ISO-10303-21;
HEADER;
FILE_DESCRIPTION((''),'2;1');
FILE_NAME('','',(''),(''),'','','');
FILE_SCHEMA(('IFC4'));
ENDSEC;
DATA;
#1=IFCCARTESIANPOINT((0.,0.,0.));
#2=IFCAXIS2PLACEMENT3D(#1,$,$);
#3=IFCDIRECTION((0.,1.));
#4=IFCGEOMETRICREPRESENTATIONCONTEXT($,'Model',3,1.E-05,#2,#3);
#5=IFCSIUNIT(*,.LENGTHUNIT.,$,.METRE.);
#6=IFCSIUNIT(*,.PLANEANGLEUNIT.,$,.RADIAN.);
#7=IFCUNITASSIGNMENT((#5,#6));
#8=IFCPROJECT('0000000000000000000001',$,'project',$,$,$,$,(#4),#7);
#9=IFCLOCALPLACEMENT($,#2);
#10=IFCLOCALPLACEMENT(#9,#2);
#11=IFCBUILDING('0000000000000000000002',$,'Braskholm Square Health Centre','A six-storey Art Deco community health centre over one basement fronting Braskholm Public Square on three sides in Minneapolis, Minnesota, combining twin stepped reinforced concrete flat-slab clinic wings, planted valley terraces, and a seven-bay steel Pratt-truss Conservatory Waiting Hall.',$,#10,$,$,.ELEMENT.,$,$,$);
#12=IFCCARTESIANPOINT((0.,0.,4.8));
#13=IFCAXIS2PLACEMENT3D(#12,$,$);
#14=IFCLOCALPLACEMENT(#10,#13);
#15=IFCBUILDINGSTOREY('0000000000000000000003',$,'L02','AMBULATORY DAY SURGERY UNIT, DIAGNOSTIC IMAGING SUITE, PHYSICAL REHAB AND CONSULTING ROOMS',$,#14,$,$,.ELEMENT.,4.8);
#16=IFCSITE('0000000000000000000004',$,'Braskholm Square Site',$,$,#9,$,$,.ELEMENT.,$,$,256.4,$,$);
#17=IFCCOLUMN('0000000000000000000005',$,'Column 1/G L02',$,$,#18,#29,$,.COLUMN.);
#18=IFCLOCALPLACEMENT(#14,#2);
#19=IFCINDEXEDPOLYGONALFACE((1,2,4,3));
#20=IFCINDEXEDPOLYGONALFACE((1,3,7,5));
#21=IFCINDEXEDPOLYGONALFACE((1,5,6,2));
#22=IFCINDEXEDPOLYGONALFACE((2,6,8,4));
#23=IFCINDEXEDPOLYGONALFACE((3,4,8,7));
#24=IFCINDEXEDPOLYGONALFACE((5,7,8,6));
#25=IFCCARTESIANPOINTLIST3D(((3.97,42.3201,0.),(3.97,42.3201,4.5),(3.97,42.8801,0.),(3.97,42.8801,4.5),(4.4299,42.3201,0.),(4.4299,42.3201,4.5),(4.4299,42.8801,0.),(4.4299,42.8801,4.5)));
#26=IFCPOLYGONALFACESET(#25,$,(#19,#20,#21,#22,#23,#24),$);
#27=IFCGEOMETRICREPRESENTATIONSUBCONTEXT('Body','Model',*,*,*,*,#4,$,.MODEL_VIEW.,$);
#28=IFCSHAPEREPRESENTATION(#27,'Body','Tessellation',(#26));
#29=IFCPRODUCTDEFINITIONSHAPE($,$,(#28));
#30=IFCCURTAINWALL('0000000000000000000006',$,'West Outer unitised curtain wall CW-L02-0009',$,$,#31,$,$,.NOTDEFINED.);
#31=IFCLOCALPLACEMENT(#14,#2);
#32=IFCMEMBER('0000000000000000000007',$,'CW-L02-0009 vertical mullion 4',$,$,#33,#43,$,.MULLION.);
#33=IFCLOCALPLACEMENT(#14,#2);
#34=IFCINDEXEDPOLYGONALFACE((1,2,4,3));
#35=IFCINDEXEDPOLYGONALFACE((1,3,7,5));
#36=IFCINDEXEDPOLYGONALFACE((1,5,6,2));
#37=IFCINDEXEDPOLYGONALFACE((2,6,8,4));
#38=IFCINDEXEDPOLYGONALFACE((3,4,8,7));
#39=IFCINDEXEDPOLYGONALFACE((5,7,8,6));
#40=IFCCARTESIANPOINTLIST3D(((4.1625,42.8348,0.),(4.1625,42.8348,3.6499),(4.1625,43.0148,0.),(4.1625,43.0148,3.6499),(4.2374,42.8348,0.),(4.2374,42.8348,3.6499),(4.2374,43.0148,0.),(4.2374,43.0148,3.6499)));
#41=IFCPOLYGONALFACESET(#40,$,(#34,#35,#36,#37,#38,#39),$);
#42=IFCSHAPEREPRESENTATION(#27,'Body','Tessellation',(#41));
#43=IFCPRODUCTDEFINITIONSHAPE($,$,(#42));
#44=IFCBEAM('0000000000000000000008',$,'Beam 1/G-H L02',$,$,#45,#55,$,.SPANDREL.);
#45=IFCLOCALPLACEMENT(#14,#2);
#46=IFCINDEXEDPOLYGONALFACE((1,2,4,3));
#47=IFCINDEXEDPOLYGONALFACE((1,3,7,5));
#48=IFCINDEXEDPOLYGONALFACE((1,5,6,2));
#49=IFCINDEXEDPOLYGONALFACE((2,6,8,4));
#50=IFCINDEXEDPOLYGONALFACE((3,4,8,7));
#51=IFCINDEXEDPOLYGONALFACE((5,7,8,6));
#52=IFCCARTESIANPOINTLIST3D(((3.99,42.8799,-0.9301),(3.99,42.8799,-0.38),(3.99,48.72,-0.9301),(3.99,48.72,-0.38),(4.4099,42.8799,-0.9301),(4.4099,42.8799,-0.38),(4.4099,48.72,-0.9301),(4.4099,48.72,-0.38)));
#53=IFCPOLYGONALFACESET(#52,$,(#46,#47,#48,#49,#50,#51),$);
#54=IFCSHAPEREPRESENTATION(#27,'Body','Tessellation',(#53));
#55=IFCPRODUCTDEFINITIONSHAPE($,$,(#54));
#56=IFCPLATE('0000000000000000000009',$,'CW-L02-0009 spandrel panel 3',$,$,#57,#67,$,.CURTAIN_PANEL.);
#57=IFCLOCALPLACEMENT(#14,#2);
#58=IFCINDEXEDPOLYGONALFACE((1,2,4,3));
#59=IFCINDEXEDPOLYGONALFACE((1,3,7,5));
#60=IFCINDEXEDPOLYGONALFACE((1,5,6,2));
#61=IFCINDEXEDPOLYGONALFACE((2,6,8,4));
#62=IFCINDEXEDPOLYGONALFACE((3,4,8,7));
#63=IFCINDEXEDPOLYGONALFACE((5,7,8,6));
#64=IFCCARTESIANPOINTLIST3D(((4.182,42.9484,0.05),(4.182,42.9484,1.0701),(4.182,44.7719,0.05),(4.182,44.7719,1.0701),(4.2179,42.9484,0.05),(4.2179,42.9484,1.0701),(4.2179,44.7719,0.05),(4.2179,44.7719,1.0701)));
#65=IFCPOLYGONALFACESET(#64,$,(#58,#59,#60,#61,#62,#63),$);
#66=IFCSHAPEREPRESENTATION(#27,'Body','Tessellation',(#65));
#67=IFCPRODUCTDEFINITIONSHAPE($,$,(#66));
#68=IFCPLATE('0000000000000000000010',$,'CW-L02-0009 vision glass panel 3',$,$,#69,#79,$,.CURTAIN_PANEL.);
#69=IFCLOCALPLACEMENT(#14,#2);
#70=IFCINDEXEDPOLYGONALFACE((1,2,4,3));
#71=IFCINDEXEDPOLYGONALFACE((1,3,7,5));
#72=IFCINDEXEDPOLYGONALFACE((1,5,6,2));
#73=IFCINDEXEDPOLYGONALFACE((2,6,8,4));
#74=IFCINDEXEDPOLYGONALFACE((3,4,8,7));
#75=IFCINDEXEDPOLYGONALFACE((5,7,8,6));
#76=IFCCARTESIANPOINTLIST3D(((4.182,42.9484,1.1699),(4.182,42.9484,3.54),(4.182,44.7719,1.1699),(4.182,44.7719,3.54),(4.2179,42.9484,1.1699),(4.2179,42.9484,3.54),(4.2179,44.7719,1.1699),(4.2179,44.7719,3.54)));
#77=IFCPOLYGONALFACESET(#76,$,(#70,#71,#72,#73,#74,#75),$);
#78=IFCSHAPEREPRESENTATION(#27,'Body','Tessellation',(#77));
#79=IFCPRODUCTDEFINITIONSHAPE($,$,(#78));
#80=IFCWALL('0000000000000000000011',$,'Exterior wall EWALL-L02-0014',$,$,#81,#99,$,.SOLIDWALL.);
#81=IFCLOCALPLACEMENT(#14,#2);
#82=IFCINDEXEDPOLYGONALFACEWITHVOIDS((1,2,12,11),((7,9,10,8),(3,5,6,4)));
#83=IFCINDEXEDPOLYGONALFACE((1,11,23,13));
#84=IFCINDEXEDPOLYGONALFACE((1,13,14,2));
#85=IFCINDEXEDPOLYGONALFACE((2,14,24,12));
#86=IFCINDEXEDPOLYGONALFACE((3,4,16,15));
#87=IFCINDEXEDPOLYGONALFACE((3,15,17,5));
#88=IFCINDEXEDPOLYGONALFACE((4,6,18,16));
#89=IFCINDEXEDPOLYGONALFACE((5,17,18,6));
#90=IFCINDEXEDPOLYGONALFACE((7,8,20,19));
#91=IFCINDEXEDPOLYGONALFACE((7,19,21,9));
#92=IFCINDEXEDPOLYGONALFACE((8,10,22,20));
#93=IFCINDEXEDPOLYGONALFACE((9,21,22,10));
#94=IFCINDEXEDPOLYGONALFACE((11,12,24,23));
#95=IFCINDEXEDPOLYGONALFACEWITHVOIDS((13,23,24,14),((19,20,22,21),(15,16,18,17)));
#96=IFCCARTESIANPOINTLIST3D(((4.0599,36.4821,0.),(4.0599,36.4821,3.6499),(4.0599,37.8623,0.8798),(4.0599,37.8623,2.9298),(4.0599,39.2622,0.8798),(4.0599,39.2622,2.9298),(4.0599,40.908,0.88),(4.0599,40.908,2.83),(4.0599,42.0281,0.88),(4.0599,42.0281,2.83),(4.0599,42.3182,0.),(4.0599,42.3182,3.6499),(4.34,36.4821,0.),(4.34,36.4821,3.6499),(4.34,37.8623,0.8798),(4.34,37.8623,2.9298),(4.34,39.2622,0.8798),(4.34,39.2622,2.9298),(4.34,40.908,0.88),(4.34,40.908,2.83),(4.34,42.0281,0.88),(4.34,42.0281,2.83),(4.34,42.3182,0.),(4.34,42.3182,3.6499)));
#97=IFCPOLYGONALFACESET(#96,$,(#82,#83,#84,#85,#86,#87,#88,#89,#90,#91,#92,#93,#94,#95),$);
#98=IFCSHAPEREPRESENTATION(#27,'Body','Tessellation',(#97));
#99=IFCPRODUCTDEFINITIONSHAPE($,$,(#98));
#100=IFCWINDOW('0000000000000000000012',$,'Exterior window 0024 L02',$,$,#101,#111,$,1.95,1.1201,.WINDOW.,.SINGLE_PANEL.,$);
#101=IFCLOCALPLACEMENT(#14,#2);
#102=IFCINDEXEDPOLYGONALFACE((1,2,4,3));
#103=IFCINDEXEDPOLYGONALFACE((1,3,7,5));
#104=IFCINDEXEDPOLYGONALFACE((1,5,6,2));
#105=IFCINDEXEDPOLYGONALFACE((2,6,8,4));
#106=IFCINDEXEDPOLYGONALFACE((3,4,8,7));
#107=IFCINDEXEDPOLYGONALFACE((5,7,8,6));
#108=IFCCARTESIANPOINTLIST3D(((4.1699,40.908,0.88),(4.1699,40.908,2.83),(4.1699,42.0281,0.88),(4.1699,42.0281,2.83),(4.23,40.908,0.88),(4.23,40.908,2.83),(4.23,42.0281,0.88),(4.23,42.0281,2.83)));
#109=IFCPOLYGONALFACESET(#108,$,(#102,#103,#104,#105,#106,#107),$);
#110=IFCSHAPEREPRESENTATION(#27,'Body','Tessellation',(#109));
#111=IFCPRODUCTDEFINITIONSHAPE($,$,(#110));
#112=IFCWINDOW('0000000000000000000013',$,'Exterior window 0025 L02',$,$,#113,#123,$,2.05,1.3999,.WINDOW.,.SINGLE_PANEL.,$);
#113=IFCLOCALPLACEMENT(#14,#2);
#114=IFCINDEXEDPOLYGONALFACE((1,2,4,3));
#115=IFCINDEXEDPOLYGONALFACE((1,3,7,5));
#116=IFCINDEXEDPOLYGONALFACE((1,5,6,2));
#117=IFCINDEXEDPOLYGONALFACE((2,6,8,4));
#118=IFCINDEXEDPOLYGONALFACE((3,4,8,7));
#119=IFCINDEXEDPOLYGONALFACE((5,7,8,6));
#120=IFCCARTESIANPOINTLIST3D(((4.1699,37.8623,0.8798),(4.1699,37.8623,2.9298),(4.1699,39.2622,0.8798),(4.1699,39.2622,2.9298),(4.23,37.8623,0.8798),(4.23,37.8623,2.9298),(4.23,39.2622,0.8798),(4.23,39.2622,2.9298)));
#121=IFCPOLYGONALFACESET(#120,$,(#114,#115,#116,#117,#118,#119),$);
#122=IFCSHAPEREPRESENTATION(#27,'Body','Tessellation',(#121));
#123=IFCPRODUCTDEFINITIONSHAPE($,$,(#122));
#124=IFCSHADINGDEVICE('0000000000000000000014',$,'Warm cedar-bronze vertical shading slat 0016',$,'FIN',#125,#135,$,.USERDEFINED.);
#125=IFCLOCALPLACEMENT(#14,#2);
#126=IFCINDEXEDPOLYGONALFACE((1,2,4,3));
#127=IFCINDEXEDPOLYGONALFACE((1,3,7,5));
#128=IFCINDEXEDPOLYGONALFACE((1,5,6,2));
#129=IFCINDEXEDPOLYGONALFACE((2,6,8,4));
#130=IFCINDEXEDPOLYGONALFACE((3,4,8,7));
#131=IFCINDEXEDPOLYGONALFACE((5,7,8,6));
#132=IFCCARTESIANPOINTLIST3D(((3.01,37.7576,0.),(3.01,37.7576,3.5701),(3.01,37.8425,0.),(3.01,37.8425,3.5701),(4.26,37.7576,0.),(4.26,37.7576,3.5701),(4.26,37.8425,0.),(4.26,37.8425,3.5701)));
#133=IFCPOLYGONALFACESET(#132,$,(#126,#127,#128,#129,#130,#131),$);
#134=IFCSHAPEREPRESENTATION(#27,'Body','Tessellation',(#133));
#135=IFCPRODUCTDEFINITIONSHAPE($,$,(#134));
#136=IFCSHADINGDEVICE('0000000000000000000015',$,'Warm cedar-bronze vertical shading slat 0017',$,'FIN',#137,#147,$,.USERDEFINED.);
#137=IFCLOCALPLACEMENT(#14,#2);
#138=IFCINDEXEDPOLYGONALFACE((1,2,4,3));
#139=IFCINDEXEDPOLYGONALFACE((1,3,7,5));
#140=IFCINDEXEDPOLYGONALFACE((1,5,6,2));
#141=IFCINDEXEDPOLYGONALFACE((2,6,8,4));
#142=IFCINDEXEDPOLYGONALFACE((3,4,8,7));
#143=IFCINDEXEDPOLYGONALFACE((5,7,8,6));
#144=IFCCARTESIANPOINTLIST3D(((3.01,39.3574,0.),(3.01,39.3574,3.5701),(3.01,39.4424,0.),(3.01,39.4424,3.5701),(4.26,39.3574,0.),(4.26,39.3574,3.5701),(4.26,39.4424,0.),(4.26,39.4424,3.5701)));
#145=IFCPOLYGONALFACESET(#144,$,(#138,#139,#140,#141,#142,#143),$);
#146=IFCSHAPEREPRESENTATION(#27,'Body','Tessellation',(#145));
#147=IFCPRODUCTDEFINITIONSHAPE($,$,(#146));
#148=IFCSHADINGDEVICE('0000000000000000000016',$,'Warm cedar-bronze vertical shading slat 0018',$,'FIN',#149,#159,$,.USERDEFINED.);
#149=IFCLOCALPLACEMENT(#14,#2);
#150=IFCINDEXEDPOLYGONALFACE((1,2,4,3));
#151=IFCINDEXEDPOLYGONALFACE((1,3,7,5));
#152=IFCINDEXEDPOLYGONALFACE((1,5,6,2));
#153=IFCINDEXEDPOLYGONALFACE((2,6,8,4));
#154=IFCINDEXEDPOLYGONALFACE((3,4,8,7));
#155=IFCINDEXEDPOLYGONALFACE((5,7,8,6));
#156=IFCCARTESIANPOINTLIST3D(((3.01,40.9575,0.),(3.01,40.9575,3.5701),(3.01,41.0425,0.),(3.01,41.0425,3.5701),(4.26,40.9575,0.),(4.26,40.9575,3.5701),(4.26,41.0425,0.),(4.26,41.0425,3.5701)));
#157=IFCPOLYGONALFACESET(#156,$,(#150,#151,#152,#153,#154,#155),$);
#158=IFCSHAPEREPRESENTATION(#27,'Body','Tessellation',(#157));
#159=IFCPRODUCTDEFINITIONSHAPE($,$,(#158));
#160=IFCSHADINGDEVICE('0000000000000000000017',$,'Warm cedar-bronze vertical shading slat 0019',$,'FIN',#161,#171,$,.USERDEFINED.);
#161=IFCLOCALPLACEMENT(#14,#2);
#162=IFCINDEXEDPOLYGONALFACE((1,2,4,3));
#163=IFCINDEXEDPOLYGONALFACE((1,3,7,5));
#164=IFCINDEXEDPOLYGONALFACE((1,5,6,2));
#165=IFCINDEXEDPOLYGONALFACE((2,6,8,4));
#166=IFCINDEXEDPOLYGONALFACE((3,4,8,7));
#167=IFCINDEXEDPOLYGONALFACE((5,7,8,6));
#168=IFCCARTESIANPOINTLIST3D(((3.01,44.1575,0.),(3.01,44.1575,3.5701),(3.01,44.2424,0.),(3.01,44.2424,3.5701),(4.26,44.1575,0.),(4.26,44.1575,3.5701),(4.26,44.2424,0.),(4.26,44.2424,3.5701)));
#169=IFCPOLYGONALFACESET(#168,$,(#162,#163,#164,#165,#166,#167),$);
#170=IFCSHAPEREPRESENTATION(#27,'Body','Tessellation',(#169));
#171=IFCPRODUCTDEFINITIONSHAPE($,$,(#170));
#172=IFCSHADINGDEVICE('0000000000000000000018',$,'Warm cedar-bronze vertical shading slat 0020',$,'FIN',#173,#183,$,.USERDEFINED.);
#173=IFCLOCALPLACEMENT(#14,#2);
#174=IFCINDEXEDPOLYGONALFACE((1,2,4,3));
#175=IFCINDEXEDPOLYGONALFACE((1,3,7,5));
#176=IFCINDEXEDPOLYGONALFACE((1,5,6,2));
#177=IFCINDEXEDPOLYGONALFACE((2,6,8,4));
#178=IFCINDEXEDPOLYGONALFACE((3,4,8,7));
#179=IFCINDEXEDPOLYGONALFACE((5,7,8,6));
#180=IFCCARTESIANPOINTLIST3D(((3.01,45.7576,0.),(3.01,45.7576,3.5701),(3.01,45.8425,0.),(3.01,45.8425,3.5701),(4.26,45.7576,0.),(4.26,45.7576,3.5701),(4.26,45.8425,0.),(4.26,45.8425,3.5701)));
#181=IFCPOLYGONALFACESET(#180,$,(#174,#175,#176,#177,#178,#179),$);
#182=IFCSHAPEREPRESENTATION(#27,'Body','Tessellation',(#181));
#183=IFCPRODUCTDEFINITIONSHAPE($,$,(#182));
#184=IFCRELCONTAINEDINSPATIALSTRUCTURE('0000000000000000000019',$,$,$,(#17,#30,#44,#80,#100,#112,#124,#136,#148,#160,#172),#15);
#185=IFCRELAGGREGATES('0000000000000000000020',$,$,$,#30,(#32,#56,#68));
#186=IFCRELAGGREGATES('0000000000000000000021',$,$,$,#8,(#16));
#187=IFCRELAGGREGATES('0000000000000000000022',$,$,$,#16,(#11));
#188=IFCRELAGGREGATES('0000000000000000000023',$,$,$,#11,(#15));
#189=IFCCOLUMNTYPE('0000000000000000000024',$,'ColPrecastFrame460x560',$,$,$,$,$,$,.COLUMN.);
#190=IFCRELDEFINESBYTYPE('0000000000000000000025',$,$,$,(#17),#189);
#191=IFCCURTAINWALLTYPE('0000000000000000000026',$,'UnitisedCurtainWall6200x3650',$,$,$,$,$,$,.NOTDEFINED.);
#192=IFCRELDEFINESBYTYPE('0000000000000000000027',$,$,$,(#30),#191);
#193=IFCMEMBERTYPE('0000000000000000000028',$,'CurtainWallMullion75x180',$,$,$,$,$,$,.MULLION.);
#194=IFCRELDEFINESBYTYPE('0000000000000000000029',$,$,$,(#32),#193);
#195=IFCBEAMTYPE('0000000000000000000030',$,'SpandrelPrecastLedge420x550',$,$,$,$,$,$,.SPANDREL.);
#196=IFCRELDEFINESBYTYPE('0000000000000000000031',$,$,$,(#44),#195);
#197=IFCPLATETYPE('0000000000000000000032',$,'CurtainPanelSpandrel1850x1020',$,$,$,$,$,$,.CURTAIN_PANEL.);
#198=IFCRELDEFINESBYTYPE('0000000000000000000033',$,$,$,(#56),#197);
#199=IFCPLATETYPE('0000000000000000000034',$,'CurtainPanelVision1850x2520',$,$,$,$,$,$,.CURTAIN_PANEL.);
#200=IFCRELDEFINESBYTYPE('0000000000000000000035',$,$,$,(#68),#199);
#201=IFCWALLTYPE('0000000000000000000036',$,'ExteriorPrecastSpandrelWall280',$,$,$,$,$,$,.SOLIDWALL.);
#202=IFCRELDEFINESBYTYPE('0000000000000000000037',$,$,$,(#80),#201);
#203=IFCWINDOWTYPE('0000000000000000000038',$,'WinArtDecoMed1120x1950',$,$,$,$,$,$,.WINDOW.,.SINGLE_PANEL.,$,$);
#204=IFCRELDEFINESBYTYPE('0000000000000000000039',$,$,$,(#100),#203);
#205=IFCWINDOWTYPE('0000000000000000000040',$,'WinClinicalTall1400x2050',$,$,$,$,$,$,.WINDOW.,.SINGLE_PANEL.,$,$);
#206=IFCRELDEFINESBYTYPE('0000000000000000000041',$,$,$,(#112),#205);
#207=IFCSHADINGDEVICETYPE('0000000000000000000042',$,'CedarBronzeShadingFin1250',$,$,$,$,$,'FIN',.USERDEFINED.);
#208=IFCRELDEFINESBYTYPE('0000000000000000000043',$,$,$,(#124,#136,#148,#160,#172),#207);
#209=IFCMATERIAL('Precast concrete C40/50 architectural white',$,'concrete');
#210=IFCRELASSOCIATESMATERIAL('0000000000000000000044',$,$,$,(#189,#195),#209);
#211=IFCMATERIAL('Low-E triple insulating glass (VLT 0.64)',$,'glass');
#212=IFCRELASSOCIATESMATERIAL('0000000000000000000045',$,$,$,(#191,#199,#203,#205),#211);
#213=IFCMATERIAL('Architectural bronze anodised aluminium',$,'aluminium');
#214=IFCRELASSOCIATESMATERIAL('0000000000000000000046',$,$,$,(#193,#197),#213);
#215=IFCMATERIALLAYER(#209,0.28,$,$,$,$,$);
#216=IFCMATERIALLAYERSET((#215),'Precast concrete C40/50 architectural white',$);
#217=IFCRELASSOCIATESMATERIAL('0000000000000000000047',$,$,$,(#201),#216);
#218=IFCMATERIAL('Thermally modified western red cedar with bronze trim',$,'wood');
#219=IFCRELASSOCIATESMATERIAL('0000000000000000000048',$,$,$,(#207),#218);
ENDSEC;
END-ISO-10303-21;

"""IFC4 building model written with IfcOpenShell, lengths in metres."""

from ifc_helpers import new_model, si_unit, direction, frame, frame_2d, origin, origin_with_axes, origin_2d, place, context, subcontext, project, spatial, rectangle, extrude, material, layer, layer_set, material_profile, profile_set, type_object, element, fill, aggregate, save


model = new_model("IFC4")

# Units and contexts
model_context = context("Model", 3, precision=1e-05, world=origin(), true_north=direction((0.0, 1.0)))
body_context = subcontext(model_context, "Body", "Model", "MODEL_VIEW")
ifc_project = project(units=[si_unit("LENGTHUNIT", "METRE"), si_unit("PLANEANGLEUNIT", "RADIAN")], contexts=[model_context])

# Site, building, storey
site_placement = place(None, origin())
site = spatial("IfcSite", under=ifc_project, at=site_placement, Name="Braskholm Square Site", CompositionType="ELEMENT", RefElevation=256.4)
building_placement = place(site_placement, origin())
building = spatial("IfcBuilding", under=site, at=building_placement, Name="Braskholm Square Health Centre", Description="A six-storey Art Deco community health centre over one basement fronting Braskholm Public Square on three sides in Minneapolis, Minnesota, combining twin stepped reinforced concrete flat-slab clinic wings, planted valley terraces, and a seven-bay steel Pratt-truss Conservatory Waiting Hall.", CompositionType="ELEMENT")
storey_placement = place(building_placement, frame((0.0, 0.0, 4.8)))
storey = spatial("IfcBuildingStorey", under=building, at=storey_placement, Name="L02", Description="AMBULATORY DAY SURGERY UNIT, DIAGNOSTIC IMAGING SUITE, PHYSICAL REHAB AND CONSULTING ROOMS", CompositionType="ELEMENT", Elevation=4.8)

# Column
ifc_material_1 = material(Name="Precast concrete C40/50 architectural white", Category="concrete")
ifc_material_profile_1 = material_profile(ifc_material_1, rectangle(XDim=0.46, YDim=0.5601, at=origin_2d()), Name="RC-460X560")
ifc_profile_set_1 = profile_set([ifc_material_profile_1], Name="Precast concrete C40/50 architectural white")
column_type = type_object("IfcColumnType", Name="ColPrecastFrame460x560", PredefinedType="COLUMN", material=ifc_profile_set_1)
column_placement = place(storey_placement, frame((4.2, 42.6001, 0.0), z_axis=(0.0, 0.0, 1.0), x_axis=(1.0, 0.0, 0.0)))
element("IfcColumn", 1, at=column_placement, inside=storey, type_object=column_type, Name="Column 1/G L02", PredefinedType="COLUMN", context=body_context, shape_type="SweptSolid", body=[
    extrude(rectangle(XDim=0.46, YDim=0.5601, at=origin_2d()), origin(), (0.0, 0.0, 1.0), 4.5),
])

# Curtain wall, member
ifc_material_2 = material(Name="Low-E triple insulating glass (VLT 0.64)", Category="glass")
curtain_wall_type = type_object("IfcCurtainWallType", Name="UnitisedCurtainWall6200x3650", PredefinedType="NOTDEFINED", material=ifc_material_2)
curtain_wall_placement = place(storey_placement, origin())
curtain_wall = element("IfcCurtainWall", 2, at=curtain_wall_placement, inside=storey, type_object=curtain_wall_type, Name="West Outer unitised curtain wall CW-L02-0009", PredefinedType="NOTDEFINED")
ifc_material_3 = material(Name="Architectural bronze anodised aluminium", Category="aluminium")
ifc_material_profile_2 = material_profile(ifc_material_3, rectangle(XDim=0.075, YDim=0.1799, at=origin_2d()), Name="ALU-75X180")
ifc_profile_set_2 = profile_set([ifc_material_profile_2], Name="Architectural bronze anodised aluminium")
member_type = type_object("IfcMemberType", Name="CurtainWallMullion75x180", PredefinedType="MULLION", material=ifc_profile_set_2)
member_placement = place(storey_placement, frame((4.2, 42.9248, 0.0), z_axis=(0.0, 0.0, 1.0), x_axis=(1.0, 0.0, 0.0)))
member = element("IfcMember", 3, at=member_placement, type_object=member_type, Name="CW-L02-0009 vertical mullion 4", PredefinedType="MULLION", context=body_context, shape_type="SweptSolid", body=[
    extrude(rectangle(XDim=0.075, YDim=0.1799, at=origin_2d()), origin(), (0.0, 0.0, 1.0), 3.6499),
])

# Beam
ifc_material_profile_3 = material_profile(ifc_material_1, rectangle(XDim=0.4199, YDim=0.55, at=origin_2d()), Name="RCB-420X550")
ifc_profile_set_3 = profile_set([ifc_material_profile_3], Name="Precast concrete C40/50 architectural white")
beam_type = type_object("IfcBeamType", Name="SpandrelPrecastLedge420x550", PredefinedType="SPANDREL", material=ifc_profile_set_3)
beam_placement = place(storey_placement, frame((4.2, 42.8799, -0.655), z_axis=(0.0, 1.0, 0.0), x_axis=(-1.0, 0.0, 0.0)))
element("IfcBeam", 4, at=beam_placement, inside=storey, type_object=beam_type, Name="Beam 1/G-H L02", PredefinedType="SPANDREL", context=body_context, shape_type="SweptSolid", body=[
    extrude(rectangle(XDim=0.4199, YDim=0.55, at=origin_2d()), origin(), (0.0, 0.0, 1.0), 5.8401),
])

# Plates
plate_type_1 = type_object("IfcPlateType", Name="CurtainPanelSpandrel1850x1020", PredefinedType="CURTAIN_PANEL", material=ifc_material_3)
plate_1_placement = place(storey_placement, frame((4.2, 43.8601, 0.05), z_axis=(0.0, 0.0, 1.0), x_axis=(0.0, -1.0, 0.0)))
plate_1 = element("IfcPlate", 5, at=plate_1_placement, type_object=plate_type_1, Name="CW-L02-0009 spandrel panel 3", PredefinedType="CURTAIN_PANEL", context=body_context, shape_type="SweptSolid", body=[
    extrude(rectangle(XDim=1.8235, YDim=0.0359, at=origin_2d()), origin(), (0.0, 0.0, 1.0), 1.02),
])
plate_type_2 = type_object("IfcPlateType", Name="CurtainPanelVision1850x2520", PredefinedType="CURTAIN_PANEL", material=ifc_material_2)
plate_2_placement = place(storey_placement, frame((4.2, 43.8601, 1.1699), z_axis=(0.0, 0.0, 1.0), x_axis=(0.0, -1.0, 0.0)))
plate_2 = element("IfcPlate", 6, at=plate_2_placement, type_object=plate_type_2, Name="CW-L02-0009 vision glass panel 3", PredefinedType="CURTAIN_PANEL", context=body_context, shape_type="SweptSolid", body=[
    extrude(rectangle(XDim=1.8235, YDim=0.0359, at=origin_2d()), origin(), (0.0, 0.0, 1.0), 2.3701),
])
aggregate(curtain_wall, [member, plate_1, plate_2])

# Wall, openings, windows
ifc_layer_1 = layer(ifc_material_1, 0.28)
ifc_layer_set_1 = layer_set([ifc_layer_1], Name="Precast concrete C40/50 architectural white")
wall_type = type_object("IfcWallType", Name="ExteriorPrecastSpandrelWall280", PredefinedType="SOLIDWALL", material=ifc_layer_set_1)
wall_placement = place(storey_placement, frame((4.2, 42.3181, 0.0), z_axis=(0.0, 0.0, 1.0), x_axis=(0.0, -1.0, 0.0)))
wall = element("IfcWall", 7, at=wall_placement, inside=storey, type_object=wall_type, Name="Exterior wall EWALL-L02-0014", PredefinedType="SOLIDWALL", context=body_context, shape_type="SweptSolid", body=[
    extrude(rectangle(XDim=5.8362, YDim=0.28, at=frame_2d((2.918, 0.0))), origin(), (0.0, 0.0, 1.0), 3.6499),
])
opening_1_placement = place(wall_placement, frame((0.29, 0.0, 0.8799)))
opening_1 = element("IfcOpeningElement", 8, at=opening_1_placement, cuts=wall, PredefinedType="OPENING", context=body_context, shape_type="SweptSolid", body=[
    extrude(rectangle(XDim=1.1201, YDim=1.95, at=frame_2d((0.5601, 0.9751))), frame((0.0, 0.1499, 0.0), z_axis=(0.0, -1.0, 0.0), x_axis=(1.0, 0.0, 0.0)), (0.0, 0.0, 1.0), 0.3),
])
opening_2_placement = place(wall_placement, frame((3.0559, 0.0, 0.8799)))
opening_2 = element("IfcOpeningElement", 9, at=opening_2_placement, cuts=wall, PredefinedType="OPENING", context=body_context, shape_type="SweptSolid", body=[
    extrude(rectangle(XDim=1.3999, YDim=2.05, at=frame_2d((0.7, 1.0249))), frame((0.0, 0.1499, 0.0), z_axis=(0.0, -1.0, 0.0), x_axis=(1.0, 0.0, 0.0)), (0.0, 0.0, 1.0), 0.3),
])
window_type_1 = type_object("IfcWindowType", Name="WinArtDecoMed1120x1950", PartitioningType="SINGLE_PANEL", PredefinedType="WINDOW", material=ifc_material_2)
window_1_placement = place(opening_1_placement, origin_with_axes())
window_1 = element("IfcWindow", 10, at=window_1_placement, inside=storey, type_object=window_type_1, Name="Exterior window 0024 L02", OverallHeight=1.95, OverallWidth=1.1201, PartitioningType="SINGLE_PANEL", PredefinedType="WINDOW", context=body_context, shape_type="SweptSolid", body=[
    extrude(rectangle(XDim=1.1201, YDim=1.95, at=frame_2d((0.5601, 0.9751))), frame((0.0, 0.03, 0.0), z_axis=(0.0, -1.0, 0.0), x_axis=(1.0, 0.0, 0.0)), (0.0, 0.0, 1.0), 0.0601),
])
fill(opening_1, window_1)
window_type_2 = type_object("IfcWindowType", Name="WinClinicalTall1400x2050", PartitioningType="SINGLE_PANEL", PredefinedType="WINDOW", material=ifc_material_2)
window_2_placement = place(opening_2_placement, origin_with_axes())
window_2 = element("IfcWindow", 11, at=window_2_placement, inside=storey, type_object=window_type_2, Name="Exterior window 0025 L02", OverallHeight=2.05, OverallWidth=1.3999, PartitioningType="SINGLE_PANEL", PredefinedType="WINDOW", context=body_context, shape_type="SweptSolid", body=[
    extrude(rectangle(XDim=1.3999, YDim=2.05, at=frame_2d((0.7, 1.0249))), frame((0.0, 0.03, 0.0), z_axis=(0.0, -1.0, 0.0), x_axis=(1.0, 0.0, 0.0)), (0.0, 0.0, 1.0), 0.0601),
])
fill(opening_2, window_2)

# Shading devices
ifc_material_4 = material(Name="Thermally modified western red cedar with bronze trim", Category="wood")
shading_device_type = type_object("IfcShadingDeviceType", Name="CedarBronzeShadingFin1250", ElementType="FIN", PredefinedType="USERDEFINED", material=ifc_material_4)
for number, where, z_axis, x_axis, name in (
    (12, (3.635, 37.8, 0.0), (0.0, 0.0, 1.0), (1.0, 0.0, 0.0), "Warm cedar-bronze vertical shading slat 0016"),
    (13, (3.635, 39.3999, 0.0), (0.0, 0.0, 1.0), (1.0, 0.0, 0.0), "Warm cedar-bronze vertical shading slat 0017"),
    (14, (3.635, 41.0, 0.0), (0.0, 0.0, 1.0), (1.0, 0.0, 0.0), "Warm cedar-bronze vertical shading slat 0018"),
    (15, (3.635, 44.2, 0.0), (0.0, 0.0, 1.0), (1.0, 0.0, 0.0), "Warm cedar-bronze vertical shading slat 0019"),
    (16, (3.635, 45.8, 0.0), (0.0, 0.0, 1.0), (1.0, 0.0, 0.0), "Warm cedar-bronze vertical shading slat 0020"),
):
    element("IfcShadingDevice", number, at=place(storey_placement, frame(where, z_axis=z_axis, x_axis=x_axis)), inside=storey, type_object=shading_device_type, Name=name, ObjectType="FIN", PredefinedType="USERDEFINED", context=body_context, shape_type="SweptSolid", body=[
        extrude(rectangle(XDim=1.25, YDim=0.085, at=origin_2d()), origin(), (0.0, 0.0, 1.0), 3.5701),
    ])

save(model, "model.ifc")
